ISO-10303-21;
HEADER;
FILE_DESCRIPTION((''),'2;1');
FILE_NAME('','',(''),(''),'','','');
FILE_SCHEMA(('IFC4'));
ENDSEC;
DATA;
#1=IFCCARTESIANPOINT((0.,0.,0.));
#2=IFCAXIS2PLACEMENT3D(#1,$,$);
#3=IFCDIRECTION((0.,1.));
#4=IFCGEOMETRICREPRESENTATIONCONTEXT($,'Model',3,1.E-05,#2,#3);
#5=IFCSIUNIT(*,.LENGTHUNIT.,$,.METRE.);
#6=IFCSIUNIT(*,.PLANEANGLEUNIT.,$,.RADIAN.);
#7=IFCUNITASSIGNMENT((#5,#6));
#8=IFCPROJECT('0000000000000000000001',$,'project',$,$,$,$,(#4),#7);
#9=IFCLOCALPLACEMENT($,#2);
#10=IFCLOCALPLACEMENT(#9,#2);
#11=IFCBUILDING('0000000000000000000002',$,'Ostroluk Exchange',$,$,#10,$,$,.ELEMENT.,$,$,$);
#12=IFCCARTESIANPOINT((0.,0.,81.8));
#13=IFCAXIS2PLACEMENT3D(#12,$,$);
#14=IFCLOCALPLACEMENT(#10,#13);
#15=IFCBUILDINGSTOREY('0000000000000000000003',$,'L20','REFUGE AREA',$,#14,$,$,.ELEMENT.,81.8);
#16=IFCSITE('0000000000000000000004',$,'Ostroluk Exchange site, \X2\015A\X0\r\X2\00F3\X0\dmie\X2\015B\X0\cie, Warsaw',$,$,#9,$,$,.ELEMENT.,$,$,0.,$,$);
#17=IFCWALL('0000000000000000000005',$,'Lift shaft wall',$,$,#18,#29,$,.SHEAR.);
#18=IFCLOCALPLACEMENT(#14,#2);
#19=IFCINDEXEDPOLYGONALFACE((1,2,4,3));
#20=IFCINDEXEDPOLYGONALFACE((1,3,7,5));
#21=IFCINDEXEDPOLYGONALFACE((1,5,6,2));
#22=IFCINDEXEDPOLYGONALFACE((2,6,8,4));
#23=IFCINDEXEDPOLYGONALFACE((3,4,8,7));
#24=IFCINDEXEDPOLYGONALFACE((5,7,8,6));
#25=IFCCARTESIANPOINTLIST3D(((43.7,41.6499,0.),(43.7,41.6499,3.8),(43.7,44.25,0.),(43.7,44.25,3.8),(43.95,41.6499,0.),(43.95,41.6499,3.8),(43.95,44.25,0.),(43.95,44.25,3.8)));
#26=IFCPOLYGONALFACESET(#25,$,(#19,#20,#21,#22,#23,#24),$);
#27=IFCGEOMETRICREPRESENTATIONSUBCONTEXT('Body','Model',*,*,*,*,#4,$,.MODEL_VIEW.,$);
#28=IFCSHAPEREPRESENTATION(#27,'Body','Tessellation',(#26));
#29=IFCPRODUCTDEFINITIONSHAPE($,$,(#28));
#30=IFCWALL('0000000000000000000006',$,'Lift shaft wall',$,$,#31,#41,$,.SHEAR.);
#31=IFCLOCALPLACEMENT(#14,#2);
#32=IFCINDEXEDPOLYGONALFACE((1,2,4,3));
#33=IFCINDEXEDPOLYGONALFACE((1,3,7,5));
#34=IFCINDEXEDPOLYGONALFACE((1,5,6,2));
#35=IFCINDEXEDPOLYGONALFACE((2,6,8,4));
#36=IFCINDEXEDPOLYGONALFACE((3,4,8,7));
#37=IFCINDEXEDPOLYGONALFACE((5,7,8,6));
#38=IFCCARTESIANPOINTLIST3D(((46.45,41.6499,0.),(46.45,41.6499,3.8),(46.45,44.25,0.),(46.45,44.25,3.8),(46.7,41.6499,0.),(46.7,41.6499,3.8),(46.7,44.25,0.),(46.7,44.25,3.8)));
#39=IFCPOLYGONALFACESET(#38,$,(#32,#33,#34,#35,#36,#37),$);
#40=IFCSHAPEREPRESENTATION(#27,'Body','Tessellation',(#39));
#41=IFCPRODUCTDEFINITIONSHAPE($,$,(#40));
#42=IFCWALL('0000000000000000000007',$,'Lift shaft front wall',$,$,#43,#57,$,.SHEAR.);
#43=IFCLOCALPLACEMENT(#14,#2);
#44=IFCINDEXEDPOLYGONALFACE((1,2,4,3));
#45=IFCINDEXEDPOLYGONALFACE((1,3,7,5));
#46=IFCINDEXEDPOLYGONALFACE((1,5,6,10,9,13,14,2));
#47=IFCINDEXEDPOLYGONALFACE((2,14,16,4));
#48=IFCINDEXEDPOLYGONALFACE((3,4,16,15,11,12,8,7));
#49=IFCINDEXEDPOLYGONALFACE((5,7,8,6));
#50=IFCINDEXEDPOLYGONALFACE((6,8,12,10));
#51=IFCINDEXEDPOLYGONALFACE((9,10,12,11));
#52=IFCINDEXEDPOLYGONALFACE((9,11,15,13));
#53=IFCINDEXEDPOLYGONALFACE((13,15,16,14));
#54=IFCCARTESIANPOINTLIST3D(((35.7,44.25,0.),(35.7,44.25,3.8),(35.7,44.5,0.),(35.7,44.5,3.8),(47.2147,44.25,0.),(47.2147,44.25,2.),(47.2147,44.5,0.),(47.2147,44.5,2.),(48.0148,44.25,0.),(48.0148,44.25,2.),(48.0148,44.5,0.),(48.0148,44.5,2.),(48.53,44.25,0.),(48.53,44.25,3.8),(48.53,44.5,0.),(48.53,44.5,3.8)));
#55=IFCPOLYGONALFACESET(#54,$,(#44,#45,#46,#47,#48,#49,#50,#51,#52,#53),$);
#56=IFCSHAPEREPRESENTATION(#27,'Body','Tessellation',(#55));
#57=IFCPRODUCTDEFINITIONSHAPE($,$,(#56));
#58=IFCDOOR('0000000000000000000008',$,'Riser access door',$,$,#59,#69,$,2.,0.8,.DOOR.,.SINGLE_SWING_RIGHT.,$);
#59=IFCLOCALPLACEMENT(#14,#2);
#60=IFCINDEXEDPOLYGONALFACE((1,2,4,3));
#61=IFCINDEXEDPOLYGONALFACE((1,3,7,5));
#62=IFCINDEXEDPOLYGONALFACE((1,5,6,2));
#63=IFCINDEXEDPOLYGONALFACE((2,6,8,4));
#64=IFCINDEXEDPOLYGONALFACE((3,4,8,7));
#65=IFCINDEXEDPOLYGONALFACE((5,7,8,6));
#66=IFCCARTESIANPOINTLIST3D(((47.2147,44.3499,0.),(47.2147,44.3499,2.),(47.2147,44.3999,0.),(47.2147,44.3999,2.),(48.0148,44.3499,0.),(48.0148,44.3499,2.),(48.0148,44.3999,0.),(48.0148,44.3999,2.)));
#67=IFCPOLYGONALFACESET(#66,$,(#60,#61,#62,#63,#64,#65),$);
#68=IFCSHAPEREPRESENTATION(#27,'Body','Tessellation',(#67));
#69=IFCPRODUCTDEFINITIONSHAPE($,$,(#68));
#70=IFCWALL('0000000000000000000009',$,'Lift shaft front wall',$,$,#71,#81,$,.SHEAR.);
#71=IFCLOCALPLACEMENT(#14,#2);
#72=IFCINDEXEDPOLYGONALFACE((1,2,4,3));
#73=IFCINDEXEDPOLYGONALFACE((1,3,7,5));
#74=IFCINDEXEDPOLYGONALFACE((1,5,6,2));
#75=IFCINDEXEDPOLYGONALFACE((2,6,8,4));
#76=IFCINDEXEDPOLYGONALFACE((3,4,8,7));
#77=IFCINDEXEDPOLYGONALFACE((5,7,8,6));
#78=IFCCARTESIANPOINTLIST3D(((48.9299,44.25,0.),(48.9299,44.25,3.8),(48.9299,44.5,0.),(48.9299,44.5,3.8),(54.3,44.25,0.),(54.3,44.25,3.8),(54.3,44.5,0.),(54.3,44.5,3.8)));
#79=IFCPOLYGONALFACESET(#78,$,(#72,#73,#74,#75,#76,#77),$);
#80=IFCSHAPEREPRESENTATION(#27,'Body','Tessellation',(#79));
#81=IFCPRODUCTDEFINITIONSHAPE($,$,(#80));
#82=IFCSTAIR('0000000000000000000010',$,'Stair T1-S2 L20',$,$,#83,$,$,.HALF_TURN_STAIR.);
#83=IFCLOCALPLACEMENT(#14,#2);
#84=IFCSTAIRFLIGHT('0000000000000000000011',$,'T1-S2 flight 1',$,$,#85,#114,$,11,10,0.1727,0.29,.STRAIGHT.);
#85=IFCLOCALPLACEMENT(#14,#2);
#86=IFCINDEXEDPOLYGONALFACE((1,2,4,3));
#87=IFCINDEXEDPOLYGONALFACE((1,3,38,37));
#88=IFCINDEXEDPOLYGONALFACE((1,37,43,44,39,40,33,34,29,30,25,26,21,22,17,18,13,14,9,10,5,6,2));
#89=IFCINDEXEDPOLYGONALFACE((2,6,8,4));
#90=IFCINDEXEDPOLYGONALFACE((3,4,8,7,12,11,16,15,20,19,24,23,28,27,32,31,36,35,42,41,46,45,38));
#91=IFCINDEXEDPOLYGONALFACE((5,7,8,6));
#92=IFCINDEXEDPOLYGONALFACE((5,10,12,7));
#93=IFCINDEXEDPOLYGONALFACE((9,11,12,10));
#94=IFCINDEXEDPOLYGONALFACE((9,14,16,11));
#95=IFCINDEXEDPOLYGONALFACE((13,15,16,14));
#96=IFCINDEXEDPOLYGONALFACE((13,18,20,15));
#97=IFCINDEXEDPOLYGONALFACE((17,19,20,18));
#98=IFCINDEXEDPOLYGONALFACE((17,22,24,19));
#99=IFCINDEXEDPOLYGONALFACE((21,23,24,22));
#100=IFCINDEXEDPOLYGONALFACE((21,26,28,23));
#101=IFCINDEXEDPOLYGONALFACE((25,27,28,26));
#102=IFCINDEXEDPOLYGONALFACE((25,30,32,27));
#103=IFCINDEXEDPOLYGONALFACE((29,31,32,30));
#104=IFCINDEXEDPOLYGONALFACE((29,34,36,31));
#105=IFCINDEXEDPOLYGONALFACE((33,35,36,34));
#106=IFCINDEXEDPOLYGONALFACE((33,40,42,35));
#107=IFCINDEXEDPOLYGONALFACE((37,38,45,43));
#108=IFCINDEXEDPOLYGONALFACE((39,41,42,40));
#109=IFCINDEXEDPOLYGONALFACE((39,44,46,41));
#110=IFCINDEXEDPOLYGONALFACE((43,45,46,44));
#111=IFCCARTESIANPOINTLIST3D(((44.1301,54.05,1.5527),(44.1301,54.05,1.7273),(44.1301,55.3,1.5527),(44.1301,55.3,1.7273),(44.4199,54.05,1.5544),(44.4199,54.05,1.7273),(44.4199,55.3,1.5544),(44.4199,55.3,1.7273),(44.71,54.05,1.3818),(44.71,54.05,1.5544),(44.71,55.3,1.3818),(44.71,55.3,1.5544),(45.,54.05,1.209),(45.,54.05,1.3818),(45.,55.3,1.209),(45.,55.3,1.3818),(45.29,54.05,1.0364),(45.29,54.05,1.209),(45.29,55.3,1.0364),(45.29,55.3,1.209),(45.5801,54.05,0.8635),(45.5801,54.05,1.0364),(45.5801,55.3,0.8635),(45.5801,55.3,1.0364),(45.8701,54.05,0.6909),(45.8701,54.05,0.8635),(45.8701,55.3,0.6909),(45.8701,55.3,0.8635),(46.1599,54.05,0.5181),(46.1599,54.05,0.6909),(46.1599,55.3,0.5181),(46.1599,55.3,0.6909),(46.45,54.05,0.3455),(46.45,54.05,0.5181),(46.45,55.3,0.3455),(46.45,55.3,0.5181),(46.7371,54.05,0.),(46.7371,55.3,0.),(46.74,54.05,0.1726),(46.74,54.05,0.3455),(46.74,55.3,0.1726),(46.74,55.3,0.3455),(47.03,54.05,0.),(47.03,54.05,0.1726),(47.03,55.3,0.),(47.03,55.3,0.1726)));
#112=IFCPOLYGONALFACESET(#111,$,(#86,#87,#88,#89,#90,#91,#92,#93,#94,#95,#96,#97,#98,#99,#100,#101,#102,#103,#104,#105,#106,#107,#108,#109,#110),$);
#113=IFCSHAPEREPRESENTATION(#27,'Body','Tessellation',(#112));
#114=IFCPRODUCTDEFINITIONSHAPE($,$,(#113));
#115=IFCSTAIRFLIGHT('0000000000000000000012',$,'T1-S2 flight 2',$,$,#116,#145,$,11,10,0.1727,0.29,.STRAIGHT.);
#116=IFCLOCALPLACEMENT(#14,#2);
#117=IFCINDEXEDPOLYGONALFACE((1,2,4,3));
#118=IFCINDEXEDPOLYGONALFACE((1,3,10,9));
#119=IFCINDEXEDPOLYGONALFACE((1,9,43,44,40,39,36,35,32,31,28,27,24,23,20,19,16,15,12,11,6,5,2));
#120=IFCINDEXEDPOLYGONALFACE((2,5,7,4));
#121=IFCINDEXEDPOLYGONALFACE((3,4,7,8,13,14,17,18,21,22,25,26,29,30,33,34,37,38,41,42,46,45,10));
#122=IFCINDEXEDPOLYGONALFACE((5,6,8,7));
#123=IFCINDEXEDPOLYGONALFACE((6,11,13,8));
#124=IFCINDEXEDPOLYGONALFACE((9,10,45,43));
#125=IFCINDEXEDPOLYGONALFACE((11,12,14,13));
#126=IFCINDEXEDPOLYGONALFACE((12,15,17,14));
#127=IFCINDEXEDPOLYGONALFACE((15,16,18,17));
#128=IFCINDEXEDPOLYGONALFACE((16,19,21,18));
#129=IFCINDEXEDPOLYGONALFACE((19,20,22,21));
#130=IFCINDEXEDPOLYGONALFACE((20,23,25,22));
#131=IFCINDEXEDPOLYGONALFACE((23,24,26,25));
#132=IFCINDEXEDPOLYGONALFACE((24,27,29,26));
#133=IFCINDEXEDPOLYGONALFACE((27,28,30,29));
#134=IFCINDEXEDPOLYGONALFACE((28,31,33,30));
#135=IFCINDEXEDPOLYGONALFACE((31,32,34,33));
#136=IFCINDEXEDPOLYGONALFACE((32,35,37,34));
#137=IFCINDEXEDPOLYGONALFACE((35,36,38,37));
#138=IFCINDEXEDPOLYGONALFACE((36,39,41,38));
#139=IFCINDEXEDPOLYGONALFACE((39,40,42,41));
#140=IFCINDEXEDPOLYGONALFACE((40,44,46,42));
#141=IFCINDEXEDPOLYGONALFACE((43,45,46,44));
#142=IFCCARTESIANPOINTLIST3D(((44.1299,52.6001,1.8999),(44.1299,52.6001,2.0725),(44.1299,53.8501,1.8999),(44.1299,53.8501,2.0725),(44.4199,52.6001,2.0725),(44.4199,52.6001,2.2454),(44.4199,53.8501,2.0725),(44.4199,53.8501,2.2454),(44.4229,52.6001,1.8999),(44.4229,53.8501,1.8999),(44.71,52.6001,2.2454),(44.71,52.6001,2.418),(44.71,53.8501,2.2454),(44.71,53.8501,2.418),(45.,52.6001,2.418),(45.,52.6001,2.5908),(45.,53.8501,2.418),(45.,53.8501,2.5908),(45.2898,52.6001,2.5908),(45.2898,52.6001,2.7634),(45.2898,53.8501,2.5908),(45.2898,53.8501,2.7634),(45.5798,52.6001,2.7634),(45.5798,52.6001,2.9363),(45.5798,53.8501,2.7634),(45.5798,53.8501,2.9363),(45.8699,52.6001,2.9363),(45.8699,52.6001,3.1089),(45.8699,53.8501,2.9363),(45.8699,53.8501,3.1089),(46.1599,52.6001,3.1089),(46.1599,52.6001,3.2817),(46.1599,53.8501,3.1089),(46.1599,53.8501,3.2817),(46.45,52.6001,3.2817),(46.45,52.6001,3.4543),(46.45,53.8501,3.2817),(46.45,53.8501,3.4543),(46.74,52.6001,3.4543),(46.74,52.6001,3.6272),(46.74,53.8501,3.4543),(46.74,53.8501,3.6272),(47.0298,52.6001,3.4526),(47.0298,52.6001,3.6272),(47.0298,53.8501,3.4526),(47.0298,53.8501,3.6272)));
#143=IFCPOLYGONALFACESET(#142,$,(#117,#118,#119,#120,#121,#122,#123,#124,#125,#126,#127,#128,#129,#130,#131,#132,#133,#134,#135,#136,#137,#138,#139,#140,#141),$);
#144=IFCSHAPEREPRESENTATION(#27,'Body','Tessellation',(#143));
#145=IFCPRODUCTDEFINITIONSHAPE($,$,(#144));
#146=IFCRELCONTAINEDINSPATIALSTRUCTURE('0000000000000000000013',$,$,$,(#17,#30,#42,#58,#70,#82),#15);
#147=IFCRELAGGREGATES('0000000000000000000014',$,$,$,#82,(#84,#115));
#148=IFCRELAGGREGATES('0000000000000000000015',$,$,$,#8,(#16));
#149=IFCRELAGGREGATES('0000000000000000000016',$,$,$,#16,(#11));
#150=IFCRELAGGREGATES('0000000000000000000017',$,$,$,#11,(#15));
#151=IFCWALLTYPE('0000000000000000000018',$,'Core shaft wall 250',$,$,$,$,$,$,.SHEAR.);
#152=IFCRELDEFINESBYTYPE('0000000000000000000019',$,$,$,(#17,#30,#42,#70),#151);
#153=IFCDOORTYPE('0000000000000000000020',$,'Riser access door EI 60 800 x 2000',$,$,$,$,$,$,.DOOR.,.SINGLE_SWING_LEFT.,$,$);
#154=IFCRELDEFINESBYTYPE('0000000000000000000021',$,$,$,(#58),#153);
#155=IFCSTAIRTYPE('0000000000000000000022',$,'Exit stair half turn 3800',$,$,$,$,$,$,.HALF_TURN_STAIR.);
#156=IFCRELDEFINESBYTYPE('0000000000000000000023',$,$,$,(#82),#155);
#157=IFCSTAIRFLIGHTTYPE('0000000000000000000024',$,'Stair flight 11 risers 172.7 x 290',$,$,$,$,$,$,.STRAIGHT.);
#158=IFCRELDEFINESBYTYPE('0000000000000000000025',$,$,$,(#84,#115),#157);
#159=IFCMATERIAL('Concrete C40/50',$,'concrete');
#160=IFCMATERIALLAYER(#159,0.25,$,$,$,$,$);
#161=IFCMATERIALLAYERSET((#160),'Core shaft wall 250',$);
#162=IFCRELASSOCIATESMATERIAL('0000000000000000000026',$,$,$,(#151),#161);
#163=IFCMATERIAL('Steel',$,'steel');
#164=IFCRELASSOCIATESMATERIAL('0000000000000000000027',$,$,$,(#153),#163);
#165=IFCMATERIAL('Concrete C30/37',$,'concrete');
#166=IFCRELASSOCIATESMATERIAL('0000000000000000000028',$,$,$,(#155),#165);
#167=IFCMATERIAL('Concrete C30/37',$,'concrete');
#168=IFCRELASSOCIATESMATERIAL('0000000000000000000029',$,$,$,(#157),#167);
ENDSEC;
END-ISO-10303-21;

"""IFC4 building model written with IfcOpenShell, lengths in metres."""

from ifc_helpers import new_model, si_unit, direction, frame, frame_2d, origin, place, context, subcontext, project, spatial, polyline, rectangle, outline, extrude, material, layer, layer_set, type_object, element, fill, aggregate, save


model = new_model("IFC4")

# Units and contexts
model_context = context("Model", 3, precision=1e-05, world=origin(), true_north=direction((0.0, 1.0)))
body_context = subcontext(model_context, "Body", "Model", "MODEL_VIEW")
ifc_project = project(units=[si_unit("LENGTHUNIT", "METRE"), si_unit("PLANEANGLEUNIT", "RADIAN")], contexts=[model_context])

# Site, building, storey
site_placement = place(None, origin())
site = spatial("IfcSite", under=ifc_project, at=site_placement, Name="Ostroluk Exchange site, Śródmieście, Warsaw", CompositionType="ELEMENT", RefElevation=0.0)
building_placement = place(site_placement, origin())
building = spatial("IfcBuilding", under=site, at=building_placement, Name="Ostroluk Exchange", CompositionType="ELEMENT")
storey_placement = place(building_placement, frame((0.0, 0.0, 81.8)))
storey = spatial("IfcBuildingStorey", under=building, at=storey_placement, Name="L20", Description="REFUGE AREA", CompositionType="ELEMENT", Elevation=81.8)

# Shared definitions
ifc_material_1 = material(Name="Concrete C40/50", Category="concrete")
ifc_layer_1 = layer(ifc_material_1, 0.25)
ifc_layer_set_1 = layer_set([ifc_layer_1], Name="Core shaft wall 250")
wall_type_1 = type_object("IfcWallType", Name="Core shaft wall 250", PredefinedType="SHEAR", material=ifc_layer_set_1)

# Shared definitions
ifc_material_2 = material(Name="Steel", Category="steel")
door_type_1 = type_object("IfcDoorType", Name="Riser access door EI 60 800 x 2000", OperationType="SINGLE_SWING_LEFT", PredefinedType="DOOR", material=ifc_material_2)

# Walls
for number, where, z_axis, x_axis, name in (
    (1, (43.825, 44.25, 0.0), (0.0, 0.0, 1.0), (0.0, -1.0, 0.0), "Lift shaft wall"),
    (2, (46.575, 44.25, 0.0), (0.0, 0.0, 1.0), (0.0, -1.0, 0.0), "Lift shaft wall"),
):
    element("IfcWall", number, at=place(storey_placement, frame(where, z_axis=z_axis, x_axis=x_axis)), inside=storey, type_object=wall_type_1, Name=name, PredefinedType="SHEAR", context=body_context, shape_type="SweptSolid", body=[
        extrude(rectangle(XDim=2.6001, YDim=0.25, at=frame_2d((1.3, 0.0))), origin(), (0.0, 0.0, 1.0), 3.8),
    ])

# Wall, opening, door
wall_1_placement = place(storey_placement, frame((35.7, 44.375, 0.0), z_axis=(0.0, 0.0, 1.0), x_axis=(1.0, 0.0, 0.0)))
wall_1 = element("IfcWall", 3, at=wall_1_placement, inside=storey, type_object=wall_type_1, Name="Lift shaft front wall", PredefinedType="SHEAR", context=body_context, shape_type="SweptSolid", body=[
    extrude(rectangle(XDim=12.8301, YDim=0.25, at=frame_2d((6.415, 0.0))), origin(), (0.0, 0.0, 1.0), 3.8),
])
opening_1_placement = place(wall_1_placement, frame((11.5149, 0.0, 0.0)))
opening_1 = element("IfcOpeningElement", 4, at=opening_1_placement, cuts=wall_1, PredefinedType="OPENING", context=body_context, shape_type="SweptSolid", body=[
    extrude(rectangle(XDim=0.8, YDim=2.0, at=frame_2d((0.3999, 1.0))), frame((0.0, 0.135, 0.0), z_axis=(0.0, -1.0, 0.0), x_axis=(1.0, 0.0, 0.0)), (0.0, 0.0, 1.0), 0.27),
])
door_1_placement = place(opening_1_placement, origin())
door_1 = element("IfcDoor", 5, at=door_1_placement, inside=storey, type_object=door_type_1, Name="Riser access door", OperationType="SINGLE_SWING_RIGHT", OverallHeight=2.0, OverallWidth=0.8, PredefinedType="DOOR", context=body_context, shape_type="SweptSolid", body=[
    extrude(rectangle(XDim=0.8, YDim=2.0, at=frame_2d((0.3999, 1.0))), frame((0.0, 0.0249, 0.0), z_axis=(0.0, -1.0, 0.0), x_axis=(1.0, 0.0, 0.0)), (0.0, 0.0, 1.0), 0.05),
])
fill(opening_1, door_1)

# Wall
wall_2_placement = place(storey_placement, frame((48.9299, 44.375, 0.0), z_axis=(0.0, 0.0, 1.0), x_axis=(1.0, 0.0, 0.0)))
element("IfcWall", 6, at=wall_2_placement, inside=storey, type_object=wall_type_1, Name="Lift shaft front wall", PredefinedType="SHEAR", context=body_context, shape_type="SweptSolid", body=[
    extrude(rectangle(XDim=5.3701, YDim=0.25, at=frame_2d((2.6851, 0.0))), origin(), (0.0, 0.0, 1.0), 3.8),
])

# Stair, stair flights
ifc_material_3 = material(Name="Concrete C30/37", Category="concrete")
stair_type = type_object("IfcStairType", Name="Exit stair half turn 3800", PredefinedType="HALF_TURN_STAIR", material=ifc_material_3)
stair_placement = place(storey_placement, origin())
stair = element("IfcStair", 7, at=stair_placement, inside=storey, type_object=stair_type, Name="Stair T1-S2 L20", PredefinedType="HALF_TURN_STAIR")
ifc_material_4 = material(Name="Concrete C30/37", Category="concrete")
stair_flight_type = type_object("IfcStairFlightType", Name="Stair flight 11 risers 172.7 x 290", PredefinedType="STRAIGHT", material=ifc_material_4)
stair_flight_1_placement = place(storey_placement, frame((47.03, 54.675, 0.0), z_axis=(0.0, 0.0, 1.0), x_axis=(-1.0, 0.0, 0.0)))
stair_flight_1 = element("IfcStairFlight", 8, at=stair_flight_1_placement, type_object=stair_flight_type, Name="T1-S2 flight 1", NumberOfRisers=11, NumberOfTreads=10, PredefinedType="STRAIGHT", RiserHeight=0.1727, TreadLength=0.29, context=body_context, shape_type="SweptSolid", body=[
    extrude(outline(polyline([(0.0, 0.0), (0.0, 0.1726), (0.29, 0.1726), (0.29, 0.3455), (0.5801, 0.3455), (0.5801, 0.5181), (0.8701, 0.5181), (0.8701, 0.6909), (1.1599, 0.6909), (1.1599, 0.8635), (1.45, 0.8635), (1.45, 1.0364), (1.74, 1.0364), (1.74, 1.209), (2.03, 1.209), (2.03, 1.3818), (2.3201, 1.3818), (2.3201, 1.5544), (2.6101, 1.5544), (2.6101, 1.7273), (2.8999, 1.7273), (2.8999, 1.8999), (2.8999, 1.5527), (0.293, 0.0), (0.0, 0.0)])), frame((0.0, 0.625, 0.0), z_axis=(0.0, -1.0, 0.0), x_axis=(1.0, 0.0, 0.0)), (0.0, 0.0, 1.0), 1.25),
])
stair_flight_2_placement = place(storey_placement, frame((44.1299, 53.2251, 1.8999), z_axis=(0.0, 0.0, 1.0), x_axis=(1.0, 0.0, 0.0)))
stair_flight_2 = element("IfcStairFlight", 9, at=stair_flight_2_placement, type_object=stair_flight_type, Name="T1-S2 flight 2", NumberOfRisers=11, NumberOfTreads=10, PredefinedType="STRAIGHT", RiserHeight=0.1727, TreadLength=0.29, context=body_context, shape_type="SweptSolid", body=[
    extrude(outline(polyline([(0.0, 0.0), (0.0, 0.1726), (0.29, 0.1726), (0.29, 0.3455), (0.5801, 0.3455), (0.5801, 0.5181), (0.8701, 0.5181), (0.8701, 0.6909), (1.1599, 0.6909), (1.1599, 0.8635), (1.45, 0.8635), (1.45, 1.0364), (1.74, 1.0364), (1.74, 1.209), (2.03, 1.209), (2.03, 1.3818), (2.3201, 1.3818), (2.3201, 1.5544), (2.6101, 1.5544), (2.6101, 1.7273), (2.8999, 1.7273), (2.8999, 1.8999), (2.8999, 1.5527), (0.293, 0.0), (0.0, 0.0)])), frame((0.0, 0.625, 0.0), z_axis=(0.0, -1.0, 0.0), x_axis=(1.0, 0.0, 0.0)), (0.0, 0.0, 1.0), 1.25),
])
aggregate(stair, [stair_flight_1, stair_flight_2])

save(model, "model.ifc")
